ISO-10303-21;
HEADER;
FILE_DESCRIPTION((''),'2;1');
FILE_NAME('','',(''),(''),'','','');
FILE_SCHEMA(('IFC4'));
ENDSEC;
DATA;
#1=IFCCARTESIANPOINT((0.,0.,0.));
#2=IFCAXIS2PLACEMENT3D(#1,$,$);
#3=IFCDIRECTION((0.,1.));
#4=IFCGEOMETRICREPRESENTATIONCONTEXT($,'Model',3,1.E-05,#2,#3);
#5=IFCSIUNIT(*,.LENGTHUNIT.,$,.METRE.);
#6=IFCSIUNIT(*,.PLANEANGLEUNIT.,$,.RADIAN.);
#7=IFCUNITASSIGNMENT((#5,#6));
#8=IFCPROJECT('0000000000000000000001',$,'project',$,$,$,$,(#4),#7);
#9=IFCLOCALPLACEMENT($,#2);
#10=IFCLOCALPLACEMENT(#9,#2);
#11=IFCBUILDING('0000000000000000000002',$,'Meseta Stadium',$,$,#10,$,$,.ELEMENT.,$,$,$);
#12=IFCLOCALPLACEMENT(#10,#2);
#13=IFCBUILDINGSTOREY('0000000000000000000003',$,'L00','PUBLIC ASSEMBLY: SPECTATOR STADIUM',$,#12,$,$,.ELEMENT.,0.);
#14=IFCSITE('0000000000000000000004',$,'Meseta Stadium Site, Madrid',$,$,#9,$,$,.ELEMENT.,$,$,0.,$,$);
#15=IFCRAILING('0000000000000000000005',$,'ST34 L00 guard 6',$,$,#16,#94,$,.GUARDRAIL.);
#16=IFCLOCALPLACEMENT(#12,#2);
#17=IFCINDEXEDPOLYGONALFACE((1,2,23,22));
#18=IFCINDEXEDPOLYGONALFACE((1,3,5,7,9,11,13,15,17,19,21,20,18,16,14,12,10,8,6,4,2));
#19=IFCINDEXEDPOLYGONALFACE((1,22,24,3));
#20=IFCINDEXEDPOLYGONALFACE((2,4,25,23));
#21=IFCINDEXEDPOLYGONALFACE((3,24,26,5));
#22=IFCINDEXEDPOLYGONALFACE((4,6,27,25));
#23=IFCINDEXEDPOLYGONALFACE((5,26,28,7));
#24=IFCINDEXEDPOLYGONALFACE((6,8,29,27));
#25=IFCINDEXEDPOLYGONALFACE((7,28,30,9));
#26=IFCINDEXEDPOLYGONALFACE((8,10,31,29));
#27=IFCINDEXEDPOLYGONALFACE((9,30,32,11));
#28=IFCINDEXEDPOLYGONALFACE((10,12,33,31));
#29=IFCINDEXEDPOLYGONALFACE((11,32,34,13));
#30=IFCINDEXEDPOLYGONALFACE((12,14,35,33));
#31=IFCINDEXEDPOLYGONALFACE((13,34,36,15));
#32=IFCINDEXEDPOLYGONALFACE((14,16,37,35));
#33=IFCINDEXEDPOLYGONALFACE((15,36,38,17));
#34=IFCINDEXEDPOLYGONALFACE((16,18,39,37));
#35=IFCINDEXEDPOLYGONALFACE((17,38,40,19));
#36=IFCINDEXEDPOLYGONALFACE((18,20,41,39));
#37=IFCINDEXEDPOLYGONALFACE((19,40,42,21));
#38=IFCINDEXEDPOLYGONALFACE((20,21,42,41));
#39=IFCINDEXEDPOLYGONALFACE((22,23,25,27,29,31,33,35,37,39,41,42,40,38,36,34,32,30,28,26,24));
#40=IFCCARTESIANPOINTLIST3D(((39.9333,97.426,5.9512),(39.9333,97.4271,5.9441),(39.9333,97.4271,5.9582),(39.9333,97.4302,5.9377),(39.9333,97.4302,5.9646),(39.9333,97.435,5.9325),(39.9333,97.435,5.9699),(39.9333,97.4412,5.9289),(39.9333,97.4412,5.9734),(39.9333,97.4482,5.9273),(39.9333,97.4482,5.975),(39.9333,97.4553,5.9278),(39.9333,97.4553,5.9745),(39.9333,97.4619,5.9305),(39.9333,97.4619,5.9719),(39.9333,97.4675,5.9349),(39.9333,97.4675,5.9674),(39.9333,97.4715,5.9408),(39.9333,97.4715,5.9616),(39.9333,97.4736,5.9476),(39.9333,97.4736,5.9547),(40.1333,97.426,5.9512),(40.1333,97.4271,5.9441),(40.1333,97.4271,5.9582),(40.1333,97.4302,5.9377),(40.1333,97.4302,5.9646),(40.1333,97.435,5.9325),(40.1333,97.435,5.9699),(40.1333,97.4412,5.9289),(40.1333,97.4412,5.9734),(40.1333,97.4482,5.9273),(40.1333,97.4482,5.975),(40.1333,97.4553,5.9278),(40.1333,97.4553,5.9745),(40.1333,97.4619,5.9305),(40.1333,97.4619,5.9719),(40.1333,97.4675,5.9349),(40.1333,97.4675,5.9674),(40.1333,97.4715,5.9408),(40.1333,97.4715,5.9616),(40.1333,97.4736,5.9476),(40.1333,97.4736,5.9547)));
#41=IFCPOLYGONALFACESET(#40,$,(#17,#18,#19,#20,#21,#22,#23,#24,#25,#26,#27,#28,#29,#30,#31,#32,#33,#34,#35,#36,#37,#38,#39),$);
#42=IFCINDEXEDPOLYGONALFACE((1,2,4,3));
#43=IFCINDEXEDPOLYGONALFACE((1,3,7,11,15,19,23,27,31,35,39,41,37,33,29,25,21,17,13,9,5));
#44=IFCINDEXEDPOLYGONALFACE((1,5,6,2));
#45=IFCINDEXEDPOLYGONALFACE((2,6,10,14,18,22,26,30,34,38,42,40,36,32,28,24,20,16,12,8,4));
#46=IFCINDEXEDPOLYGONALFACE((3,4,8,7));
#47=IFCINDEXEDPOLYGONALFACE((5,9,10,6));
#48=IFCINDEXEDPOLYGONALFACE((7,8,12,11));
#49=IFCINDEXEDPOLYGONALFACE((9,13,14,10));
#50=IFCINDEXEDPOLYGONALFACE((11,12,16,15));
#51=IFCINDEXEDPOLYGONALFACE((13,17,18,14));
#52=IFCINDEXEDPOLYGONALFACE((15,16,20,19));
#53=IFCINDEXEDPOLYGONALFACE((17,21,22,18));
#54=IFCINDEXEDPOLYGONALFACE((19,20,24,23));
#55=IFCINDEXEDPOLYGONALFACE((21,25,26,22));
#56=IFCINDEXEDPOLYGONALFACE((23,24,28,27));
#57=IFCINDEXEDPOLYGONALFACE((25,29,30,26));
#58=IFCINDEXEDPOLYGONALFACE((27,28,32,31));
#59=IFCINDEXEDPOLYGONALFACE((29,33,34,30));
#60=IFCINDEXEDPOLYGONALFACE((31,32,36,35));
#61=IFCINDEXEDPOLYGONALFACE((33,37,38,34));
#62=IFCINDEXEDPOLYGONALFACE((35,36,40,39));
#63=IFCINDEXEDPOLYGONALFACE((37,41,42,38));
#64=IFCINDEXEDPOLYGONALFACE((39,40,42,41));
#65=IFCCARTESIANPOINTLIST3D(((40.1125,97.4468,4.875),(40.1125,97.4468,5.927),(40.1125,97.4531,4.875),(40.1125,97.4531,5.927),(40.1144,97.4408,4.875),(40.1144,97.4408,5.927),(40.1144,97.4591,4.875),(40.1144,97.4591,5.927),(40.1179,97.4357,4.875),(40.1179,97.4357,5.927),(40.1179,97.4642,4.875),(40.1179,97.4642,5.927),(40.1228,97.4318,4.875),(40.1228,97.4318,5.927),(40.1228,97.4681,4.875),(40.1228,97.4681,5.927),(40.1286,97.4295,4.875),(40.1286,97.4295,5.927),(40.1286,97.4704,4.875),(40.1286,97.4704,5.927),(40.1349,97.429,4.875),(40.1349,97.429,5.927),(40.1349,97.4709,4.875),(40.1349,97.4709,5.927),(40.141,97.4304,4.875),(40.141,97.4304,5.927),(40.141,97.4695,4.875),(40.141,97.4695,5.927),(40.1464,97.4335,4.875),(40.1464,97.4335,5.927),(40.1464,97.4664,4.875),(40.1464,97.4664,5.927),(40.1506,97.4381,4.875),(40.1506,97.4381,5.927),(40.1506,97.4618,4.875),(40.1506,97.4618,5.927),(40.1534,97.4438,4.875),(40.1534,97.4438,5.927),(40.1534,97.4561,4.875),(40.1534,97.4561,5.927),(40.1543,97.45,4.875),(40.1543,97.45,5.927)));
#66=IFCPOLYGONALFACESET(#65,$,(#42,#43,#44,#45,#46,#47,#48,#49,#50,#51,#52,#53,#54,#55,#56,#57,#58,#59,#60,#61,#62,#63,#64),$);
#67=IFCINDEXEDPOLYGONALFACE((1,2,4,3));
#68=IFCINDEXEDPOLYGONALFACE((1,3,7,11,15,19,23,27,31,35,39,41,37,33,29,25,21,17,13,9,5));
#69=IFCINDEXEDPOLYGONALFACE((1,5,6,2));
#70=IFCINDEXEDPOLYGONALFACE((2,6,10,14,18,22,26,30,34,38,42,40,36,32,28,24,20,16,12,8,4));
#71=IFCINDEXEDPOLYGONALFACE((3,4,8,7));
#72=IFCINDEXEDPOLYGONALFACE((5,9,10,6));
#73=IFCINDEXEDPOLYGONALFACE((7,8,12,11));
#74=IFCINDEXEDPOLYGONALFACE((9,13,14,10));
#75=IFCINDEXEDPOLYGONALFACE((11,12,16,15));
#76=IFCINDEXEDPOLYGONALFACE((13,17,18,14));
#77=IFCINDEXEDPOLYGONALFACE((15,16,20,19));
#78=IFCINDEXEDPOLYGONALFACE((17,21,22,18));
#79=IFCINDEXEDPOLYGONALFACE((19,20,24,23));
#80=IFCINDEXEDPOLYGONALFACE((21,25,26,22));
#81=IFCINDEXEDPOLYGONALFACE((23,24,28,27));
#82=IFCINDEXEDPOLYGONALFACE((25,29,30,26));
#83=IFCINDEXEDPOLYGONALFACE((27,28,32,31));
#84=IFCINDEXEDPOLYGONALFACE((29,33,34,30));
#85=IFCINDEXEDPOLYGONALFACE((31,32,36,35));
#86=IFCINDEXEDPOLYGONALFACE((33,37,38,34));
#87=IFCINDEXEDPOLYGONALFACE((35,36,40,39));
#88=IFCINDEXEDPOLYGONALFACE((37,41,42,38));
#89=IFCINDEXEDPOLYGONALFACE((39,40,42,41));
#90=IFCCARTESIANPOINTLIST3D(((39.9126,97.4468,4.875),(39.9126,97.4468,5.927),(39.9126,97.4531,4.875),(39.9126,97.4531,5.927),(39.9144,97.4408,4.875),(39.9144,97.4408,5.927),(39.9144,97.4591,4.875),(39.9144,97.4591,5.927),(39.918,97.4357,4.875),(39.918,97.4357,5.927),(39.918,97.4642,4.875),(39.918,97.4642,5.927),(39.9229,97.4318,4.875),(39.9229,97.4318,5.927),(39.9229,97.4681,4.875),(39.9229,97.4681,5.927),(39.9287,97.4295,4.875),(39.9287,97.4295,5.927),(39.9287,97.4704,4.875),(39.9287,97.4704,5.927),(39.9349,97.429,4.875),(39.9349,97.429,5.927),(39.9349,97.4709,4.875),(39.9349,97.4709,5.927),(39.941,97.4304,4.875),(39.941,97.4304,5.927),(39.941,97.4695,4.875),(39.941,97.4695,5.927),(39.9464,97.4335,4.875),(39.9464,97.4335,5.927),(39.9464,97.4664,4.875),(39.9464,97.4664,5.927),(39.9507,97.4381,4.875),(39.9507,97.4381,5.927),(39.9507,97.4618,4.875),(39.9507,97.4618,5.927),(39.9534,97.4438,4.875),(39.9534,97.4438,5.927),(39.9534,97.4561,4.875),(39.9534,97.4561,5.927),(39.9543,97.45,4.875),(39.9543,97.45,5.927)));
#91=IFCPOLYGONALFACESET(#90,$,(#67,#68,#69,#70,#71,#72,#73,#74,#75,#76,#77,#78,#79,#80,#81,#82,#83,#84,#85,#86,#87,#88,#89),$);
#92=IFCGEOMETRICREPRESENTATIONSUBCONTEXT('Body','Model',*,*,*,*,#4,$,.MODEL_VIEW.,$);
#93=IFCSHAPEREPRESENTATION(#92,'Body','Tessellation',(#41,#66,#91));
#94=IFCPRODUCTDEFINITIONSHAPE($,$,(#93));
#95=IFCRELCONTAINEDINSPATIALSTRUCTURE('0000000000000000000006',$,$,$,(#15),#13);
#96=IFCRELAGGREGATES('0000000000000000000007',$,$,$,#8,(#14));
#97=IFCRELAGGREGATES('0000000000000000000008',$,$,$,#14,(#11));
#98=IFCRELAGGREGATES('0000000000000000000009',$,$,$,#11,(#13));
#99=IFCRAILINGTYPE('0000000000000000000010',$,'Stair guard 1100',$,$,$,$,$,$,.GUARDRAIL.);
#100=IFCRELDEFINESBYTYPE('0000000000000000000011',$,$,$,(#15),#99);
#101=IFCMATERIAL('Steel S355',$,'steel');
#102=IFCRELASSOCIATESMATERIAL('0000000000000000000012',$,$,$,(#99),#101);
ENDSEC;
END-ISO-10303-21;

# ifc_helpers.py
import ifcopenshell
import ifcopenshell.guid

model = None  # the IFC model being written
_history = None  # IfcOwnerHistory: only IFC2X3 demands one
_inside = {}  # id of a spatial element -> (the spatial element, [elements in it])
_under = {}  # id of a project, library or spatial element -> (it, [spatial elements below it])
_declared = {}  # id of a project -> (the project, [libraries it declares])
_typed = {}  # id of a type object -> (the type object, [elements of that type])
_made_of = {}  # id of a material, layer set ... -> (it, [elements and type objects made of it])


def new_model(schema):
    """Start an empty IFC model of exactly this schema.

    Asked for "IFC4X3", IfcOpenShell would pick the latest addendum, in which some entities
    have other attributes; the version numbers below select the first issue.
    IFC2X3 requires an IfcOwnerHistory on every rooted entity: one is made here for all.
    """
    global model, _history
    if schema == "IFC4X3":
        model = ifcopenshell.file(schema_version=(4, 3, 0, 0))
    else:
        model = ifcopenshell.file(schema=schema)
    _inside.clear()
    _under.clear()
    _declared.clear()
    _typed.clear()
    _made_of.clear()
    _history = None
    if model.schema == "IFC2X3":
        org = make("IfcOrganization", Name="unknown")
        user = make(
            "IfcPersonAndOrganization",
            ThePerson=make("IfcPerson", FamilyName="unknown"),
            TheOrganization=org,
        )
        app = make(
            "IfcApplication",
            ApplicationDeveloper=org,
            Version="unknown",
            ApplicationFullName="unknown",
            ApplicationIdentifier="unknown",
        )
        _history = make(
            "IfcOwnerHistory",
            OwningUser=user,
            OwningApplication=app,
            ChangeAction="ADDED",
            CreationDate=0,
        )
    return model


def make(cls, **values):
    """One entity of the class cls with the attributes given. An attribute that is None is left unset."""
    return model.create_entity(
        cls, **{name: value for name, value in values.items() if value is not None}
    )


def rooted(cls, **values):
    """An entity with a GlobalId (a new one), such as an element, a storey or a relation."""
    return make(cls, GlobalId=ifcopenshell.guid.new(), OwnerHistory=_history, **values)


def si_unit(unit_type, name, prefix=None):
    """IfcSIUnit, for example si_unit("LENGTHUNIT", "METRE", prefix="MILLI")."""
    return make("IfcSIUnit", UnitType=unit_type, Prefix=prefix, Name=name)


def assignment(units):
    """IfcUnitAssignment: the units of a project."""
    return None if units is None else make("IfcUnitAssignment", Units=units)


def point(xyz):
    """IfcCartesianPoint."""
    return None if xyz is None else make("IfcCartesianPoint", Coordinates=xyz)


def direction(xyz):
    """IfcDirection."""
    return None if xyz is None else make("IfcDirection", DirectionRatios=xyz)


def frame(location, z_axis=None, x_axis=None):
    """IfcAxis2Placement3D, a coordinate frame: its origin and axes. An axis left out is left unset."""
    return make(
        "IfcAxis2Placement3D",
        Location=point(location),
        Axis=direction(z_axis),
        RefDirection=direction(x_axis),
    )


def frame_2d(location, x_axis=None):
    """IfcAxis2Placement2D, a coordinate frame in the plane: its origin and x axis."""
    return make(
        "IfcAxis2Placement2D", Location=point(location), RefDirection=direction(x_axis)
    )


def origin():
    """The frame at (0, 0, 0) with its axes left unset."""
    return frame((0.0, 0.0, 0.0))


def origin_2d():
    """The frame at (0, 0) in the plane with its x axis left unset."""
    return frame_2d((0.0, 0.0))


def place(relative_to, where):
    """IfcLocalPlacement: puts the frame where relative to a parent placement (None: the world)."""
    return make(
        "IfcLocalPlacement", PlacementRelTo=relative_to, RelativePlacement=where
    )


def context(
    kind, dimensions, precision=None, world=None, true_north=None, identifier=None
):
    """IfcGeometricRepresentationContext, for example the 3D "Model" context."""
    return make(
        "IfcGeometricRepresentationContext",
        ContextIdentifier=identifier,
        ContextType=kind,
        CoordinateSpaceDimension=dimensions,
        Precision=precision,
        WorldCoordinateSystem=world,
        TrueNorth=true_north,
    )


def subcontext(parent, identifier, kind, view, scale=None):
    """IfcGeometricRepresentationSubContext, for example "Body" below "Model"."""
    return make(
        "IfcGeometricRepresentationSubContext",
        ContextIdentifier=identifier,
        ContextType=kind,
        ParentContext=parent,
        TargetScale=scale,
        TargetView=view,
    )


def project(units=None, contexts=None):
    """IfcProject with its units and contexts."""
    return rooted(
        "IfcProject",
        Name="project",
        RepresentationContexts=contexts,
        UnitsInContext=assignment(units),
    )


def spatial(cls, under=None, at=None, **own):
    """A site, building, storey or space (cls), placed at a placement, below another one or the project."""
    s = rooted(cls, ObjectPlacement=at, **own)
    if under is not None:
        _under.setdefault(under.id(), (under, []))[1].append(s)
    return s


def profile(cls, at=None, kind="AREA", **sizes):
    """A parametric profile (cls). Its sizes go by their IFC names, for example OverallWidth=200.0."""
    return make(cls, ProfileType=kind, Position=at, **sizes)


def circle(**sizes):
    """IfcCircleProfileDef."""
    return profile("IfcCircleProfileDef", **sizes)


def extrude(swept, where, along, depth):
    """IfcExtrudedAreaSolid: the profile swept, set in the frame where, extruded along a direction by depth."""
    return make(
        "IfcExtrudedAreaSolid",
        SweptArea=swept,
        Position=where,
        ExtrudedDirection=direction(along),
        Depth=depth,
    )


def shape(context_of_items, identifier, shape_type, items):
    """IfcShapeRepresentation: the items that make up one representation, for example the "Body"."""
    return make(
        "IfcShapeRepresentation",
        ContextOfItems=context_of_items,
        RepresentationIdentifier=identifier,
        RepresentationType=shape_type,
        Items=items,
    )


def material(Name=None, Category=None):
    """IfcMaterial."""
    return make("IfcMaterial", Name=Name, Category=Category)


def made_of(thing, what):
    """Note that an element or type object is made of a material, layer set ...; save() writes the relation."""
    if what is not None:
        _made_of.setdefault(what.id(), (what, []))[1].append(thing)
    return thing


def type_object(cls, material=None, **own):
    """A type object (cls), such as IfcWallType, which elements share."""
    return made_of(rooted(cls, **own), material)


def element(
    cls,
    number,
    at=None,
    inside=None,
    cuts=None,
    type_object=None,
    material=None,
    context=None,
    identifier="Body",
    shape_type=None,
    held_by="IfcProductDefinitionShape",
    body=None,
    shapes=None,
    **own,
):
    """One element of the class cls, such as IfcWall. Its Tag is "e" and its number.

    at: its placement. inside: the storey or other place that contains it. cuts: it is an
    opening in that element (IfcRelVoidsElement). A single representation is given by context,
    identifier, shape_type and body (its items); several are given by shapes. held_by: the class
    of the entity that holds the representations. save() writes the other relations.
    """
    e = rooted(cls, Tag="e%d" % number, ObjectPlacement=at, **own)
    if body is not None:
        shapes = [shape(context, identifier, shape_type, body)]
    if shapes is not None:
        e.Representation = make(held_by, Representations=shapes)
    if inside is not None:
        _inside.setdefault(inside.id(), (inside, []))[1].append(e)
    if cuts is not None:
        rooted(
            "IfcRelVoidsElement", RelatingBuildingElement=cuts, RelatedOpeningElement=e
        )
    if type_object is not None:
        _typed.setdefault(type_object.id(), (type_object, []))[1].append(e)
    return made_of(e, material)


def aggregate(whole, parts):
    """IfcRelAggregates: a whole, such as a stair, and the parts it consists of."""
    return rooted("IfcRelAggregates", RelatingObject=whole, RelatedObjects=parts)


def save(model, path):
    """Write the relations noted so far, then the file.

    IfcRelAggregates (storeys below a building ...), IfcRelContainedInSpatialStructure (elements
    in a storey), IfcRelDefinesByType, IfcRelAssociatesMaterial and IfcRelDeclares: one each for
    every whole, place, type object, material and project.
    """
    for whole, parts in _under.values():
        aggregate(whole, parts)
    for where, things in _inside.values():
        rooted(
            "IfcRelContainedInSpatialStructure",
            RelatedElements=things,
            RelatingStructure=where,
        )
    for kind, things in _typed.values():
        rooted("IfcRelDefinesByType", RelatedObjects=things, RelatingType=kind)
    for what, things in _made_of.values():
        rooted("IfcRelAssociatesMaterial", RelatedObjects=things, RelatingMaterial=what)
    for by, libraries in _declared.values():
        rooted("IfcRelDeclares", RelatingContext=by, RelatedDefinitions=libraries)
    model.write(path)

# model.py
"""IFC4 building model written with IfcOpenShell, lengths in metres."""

from ifc_helpers import new_model, si_unit, direction, frame, origin, origin_2d, place, context, subcontext, project, spatial, circle, extrude, material, type_object, element, save


model = new_model("IFC4")

# Units and contexts
model_context = context("Model", 3, precision=1e-05, world=origin(), true_north=direction((0.0, 1.0)))
body_context = subcontext(model_context, "Body", "Model", "MODEL_VIEW")
ifc_project = project(units=[si_unit("LENGTHUNIT", "METRE"), si_unit("PLANEANGLEUNIT", "RADIAN")], contexts=[model_context])

# Site, building, storey
site_placement = place(None, origin())
site = spatial("IfcSite", under=ifc_project, at=site_placement, Name="Meseta Stadium Site, Madrid", CompositionType="ELEMENT", RefElevation=0.0)
building_placement = place(site_placement, origin())
building = spatial("IfcBuilding", under=site, at=building_placement, Name="Meseta Stadium", CompositionType="ELEMENT")
storey_placement = place(building_placement, origin())
storey = spatial("IfcBuildingStorey", under=building, at=storey_placement, Name="L00", Description="PUBLIC ASSEMBLY: SPECTATOR STADIUM", CompositionType="ELEMENT", Elevation=0.0)

# Railing
ifc_material_1 = material(Name="Steel S355", Category="steel")
railing_type_1 = type_object("IfcRailingType", Name="Stair guard 1100", PredefinedType="GUARDRAIL", material=ifc_material_1)
railing_1_placement = place(storey_placement, frame((40.1333, 97.45, 4.875)))
element("IfcRailing", 1, at=railing_1_placement, inside=storey, type_object=railing_type_1, Name="ST34 L00 guard 6", PredefinedType="GUARDRAIL", context=body_context, shape_type="SweptSolid", body=[
    extrude(circle(Radius=0.0239, at=origin_2d()), frame((0.0, 0.0, 1.0762), z_axis=(-1.0, 0.0, 0.0), x_axis=(0.0, -1.0, 0.0)), (0.0, 0.0, 1.0), 0.2),
    extrude(circle(Radius=0.021, at=origin_2d()), origin(), (0.0, 0.0, 1.0), 1.052),
    extrude(circle(Radius=0.021, at=origin_2d()), frame((-0.2, 0.0, 0.0)), (0.0, 0.0, 1.0), 1.052),
])

save(model, "model.ifc")
